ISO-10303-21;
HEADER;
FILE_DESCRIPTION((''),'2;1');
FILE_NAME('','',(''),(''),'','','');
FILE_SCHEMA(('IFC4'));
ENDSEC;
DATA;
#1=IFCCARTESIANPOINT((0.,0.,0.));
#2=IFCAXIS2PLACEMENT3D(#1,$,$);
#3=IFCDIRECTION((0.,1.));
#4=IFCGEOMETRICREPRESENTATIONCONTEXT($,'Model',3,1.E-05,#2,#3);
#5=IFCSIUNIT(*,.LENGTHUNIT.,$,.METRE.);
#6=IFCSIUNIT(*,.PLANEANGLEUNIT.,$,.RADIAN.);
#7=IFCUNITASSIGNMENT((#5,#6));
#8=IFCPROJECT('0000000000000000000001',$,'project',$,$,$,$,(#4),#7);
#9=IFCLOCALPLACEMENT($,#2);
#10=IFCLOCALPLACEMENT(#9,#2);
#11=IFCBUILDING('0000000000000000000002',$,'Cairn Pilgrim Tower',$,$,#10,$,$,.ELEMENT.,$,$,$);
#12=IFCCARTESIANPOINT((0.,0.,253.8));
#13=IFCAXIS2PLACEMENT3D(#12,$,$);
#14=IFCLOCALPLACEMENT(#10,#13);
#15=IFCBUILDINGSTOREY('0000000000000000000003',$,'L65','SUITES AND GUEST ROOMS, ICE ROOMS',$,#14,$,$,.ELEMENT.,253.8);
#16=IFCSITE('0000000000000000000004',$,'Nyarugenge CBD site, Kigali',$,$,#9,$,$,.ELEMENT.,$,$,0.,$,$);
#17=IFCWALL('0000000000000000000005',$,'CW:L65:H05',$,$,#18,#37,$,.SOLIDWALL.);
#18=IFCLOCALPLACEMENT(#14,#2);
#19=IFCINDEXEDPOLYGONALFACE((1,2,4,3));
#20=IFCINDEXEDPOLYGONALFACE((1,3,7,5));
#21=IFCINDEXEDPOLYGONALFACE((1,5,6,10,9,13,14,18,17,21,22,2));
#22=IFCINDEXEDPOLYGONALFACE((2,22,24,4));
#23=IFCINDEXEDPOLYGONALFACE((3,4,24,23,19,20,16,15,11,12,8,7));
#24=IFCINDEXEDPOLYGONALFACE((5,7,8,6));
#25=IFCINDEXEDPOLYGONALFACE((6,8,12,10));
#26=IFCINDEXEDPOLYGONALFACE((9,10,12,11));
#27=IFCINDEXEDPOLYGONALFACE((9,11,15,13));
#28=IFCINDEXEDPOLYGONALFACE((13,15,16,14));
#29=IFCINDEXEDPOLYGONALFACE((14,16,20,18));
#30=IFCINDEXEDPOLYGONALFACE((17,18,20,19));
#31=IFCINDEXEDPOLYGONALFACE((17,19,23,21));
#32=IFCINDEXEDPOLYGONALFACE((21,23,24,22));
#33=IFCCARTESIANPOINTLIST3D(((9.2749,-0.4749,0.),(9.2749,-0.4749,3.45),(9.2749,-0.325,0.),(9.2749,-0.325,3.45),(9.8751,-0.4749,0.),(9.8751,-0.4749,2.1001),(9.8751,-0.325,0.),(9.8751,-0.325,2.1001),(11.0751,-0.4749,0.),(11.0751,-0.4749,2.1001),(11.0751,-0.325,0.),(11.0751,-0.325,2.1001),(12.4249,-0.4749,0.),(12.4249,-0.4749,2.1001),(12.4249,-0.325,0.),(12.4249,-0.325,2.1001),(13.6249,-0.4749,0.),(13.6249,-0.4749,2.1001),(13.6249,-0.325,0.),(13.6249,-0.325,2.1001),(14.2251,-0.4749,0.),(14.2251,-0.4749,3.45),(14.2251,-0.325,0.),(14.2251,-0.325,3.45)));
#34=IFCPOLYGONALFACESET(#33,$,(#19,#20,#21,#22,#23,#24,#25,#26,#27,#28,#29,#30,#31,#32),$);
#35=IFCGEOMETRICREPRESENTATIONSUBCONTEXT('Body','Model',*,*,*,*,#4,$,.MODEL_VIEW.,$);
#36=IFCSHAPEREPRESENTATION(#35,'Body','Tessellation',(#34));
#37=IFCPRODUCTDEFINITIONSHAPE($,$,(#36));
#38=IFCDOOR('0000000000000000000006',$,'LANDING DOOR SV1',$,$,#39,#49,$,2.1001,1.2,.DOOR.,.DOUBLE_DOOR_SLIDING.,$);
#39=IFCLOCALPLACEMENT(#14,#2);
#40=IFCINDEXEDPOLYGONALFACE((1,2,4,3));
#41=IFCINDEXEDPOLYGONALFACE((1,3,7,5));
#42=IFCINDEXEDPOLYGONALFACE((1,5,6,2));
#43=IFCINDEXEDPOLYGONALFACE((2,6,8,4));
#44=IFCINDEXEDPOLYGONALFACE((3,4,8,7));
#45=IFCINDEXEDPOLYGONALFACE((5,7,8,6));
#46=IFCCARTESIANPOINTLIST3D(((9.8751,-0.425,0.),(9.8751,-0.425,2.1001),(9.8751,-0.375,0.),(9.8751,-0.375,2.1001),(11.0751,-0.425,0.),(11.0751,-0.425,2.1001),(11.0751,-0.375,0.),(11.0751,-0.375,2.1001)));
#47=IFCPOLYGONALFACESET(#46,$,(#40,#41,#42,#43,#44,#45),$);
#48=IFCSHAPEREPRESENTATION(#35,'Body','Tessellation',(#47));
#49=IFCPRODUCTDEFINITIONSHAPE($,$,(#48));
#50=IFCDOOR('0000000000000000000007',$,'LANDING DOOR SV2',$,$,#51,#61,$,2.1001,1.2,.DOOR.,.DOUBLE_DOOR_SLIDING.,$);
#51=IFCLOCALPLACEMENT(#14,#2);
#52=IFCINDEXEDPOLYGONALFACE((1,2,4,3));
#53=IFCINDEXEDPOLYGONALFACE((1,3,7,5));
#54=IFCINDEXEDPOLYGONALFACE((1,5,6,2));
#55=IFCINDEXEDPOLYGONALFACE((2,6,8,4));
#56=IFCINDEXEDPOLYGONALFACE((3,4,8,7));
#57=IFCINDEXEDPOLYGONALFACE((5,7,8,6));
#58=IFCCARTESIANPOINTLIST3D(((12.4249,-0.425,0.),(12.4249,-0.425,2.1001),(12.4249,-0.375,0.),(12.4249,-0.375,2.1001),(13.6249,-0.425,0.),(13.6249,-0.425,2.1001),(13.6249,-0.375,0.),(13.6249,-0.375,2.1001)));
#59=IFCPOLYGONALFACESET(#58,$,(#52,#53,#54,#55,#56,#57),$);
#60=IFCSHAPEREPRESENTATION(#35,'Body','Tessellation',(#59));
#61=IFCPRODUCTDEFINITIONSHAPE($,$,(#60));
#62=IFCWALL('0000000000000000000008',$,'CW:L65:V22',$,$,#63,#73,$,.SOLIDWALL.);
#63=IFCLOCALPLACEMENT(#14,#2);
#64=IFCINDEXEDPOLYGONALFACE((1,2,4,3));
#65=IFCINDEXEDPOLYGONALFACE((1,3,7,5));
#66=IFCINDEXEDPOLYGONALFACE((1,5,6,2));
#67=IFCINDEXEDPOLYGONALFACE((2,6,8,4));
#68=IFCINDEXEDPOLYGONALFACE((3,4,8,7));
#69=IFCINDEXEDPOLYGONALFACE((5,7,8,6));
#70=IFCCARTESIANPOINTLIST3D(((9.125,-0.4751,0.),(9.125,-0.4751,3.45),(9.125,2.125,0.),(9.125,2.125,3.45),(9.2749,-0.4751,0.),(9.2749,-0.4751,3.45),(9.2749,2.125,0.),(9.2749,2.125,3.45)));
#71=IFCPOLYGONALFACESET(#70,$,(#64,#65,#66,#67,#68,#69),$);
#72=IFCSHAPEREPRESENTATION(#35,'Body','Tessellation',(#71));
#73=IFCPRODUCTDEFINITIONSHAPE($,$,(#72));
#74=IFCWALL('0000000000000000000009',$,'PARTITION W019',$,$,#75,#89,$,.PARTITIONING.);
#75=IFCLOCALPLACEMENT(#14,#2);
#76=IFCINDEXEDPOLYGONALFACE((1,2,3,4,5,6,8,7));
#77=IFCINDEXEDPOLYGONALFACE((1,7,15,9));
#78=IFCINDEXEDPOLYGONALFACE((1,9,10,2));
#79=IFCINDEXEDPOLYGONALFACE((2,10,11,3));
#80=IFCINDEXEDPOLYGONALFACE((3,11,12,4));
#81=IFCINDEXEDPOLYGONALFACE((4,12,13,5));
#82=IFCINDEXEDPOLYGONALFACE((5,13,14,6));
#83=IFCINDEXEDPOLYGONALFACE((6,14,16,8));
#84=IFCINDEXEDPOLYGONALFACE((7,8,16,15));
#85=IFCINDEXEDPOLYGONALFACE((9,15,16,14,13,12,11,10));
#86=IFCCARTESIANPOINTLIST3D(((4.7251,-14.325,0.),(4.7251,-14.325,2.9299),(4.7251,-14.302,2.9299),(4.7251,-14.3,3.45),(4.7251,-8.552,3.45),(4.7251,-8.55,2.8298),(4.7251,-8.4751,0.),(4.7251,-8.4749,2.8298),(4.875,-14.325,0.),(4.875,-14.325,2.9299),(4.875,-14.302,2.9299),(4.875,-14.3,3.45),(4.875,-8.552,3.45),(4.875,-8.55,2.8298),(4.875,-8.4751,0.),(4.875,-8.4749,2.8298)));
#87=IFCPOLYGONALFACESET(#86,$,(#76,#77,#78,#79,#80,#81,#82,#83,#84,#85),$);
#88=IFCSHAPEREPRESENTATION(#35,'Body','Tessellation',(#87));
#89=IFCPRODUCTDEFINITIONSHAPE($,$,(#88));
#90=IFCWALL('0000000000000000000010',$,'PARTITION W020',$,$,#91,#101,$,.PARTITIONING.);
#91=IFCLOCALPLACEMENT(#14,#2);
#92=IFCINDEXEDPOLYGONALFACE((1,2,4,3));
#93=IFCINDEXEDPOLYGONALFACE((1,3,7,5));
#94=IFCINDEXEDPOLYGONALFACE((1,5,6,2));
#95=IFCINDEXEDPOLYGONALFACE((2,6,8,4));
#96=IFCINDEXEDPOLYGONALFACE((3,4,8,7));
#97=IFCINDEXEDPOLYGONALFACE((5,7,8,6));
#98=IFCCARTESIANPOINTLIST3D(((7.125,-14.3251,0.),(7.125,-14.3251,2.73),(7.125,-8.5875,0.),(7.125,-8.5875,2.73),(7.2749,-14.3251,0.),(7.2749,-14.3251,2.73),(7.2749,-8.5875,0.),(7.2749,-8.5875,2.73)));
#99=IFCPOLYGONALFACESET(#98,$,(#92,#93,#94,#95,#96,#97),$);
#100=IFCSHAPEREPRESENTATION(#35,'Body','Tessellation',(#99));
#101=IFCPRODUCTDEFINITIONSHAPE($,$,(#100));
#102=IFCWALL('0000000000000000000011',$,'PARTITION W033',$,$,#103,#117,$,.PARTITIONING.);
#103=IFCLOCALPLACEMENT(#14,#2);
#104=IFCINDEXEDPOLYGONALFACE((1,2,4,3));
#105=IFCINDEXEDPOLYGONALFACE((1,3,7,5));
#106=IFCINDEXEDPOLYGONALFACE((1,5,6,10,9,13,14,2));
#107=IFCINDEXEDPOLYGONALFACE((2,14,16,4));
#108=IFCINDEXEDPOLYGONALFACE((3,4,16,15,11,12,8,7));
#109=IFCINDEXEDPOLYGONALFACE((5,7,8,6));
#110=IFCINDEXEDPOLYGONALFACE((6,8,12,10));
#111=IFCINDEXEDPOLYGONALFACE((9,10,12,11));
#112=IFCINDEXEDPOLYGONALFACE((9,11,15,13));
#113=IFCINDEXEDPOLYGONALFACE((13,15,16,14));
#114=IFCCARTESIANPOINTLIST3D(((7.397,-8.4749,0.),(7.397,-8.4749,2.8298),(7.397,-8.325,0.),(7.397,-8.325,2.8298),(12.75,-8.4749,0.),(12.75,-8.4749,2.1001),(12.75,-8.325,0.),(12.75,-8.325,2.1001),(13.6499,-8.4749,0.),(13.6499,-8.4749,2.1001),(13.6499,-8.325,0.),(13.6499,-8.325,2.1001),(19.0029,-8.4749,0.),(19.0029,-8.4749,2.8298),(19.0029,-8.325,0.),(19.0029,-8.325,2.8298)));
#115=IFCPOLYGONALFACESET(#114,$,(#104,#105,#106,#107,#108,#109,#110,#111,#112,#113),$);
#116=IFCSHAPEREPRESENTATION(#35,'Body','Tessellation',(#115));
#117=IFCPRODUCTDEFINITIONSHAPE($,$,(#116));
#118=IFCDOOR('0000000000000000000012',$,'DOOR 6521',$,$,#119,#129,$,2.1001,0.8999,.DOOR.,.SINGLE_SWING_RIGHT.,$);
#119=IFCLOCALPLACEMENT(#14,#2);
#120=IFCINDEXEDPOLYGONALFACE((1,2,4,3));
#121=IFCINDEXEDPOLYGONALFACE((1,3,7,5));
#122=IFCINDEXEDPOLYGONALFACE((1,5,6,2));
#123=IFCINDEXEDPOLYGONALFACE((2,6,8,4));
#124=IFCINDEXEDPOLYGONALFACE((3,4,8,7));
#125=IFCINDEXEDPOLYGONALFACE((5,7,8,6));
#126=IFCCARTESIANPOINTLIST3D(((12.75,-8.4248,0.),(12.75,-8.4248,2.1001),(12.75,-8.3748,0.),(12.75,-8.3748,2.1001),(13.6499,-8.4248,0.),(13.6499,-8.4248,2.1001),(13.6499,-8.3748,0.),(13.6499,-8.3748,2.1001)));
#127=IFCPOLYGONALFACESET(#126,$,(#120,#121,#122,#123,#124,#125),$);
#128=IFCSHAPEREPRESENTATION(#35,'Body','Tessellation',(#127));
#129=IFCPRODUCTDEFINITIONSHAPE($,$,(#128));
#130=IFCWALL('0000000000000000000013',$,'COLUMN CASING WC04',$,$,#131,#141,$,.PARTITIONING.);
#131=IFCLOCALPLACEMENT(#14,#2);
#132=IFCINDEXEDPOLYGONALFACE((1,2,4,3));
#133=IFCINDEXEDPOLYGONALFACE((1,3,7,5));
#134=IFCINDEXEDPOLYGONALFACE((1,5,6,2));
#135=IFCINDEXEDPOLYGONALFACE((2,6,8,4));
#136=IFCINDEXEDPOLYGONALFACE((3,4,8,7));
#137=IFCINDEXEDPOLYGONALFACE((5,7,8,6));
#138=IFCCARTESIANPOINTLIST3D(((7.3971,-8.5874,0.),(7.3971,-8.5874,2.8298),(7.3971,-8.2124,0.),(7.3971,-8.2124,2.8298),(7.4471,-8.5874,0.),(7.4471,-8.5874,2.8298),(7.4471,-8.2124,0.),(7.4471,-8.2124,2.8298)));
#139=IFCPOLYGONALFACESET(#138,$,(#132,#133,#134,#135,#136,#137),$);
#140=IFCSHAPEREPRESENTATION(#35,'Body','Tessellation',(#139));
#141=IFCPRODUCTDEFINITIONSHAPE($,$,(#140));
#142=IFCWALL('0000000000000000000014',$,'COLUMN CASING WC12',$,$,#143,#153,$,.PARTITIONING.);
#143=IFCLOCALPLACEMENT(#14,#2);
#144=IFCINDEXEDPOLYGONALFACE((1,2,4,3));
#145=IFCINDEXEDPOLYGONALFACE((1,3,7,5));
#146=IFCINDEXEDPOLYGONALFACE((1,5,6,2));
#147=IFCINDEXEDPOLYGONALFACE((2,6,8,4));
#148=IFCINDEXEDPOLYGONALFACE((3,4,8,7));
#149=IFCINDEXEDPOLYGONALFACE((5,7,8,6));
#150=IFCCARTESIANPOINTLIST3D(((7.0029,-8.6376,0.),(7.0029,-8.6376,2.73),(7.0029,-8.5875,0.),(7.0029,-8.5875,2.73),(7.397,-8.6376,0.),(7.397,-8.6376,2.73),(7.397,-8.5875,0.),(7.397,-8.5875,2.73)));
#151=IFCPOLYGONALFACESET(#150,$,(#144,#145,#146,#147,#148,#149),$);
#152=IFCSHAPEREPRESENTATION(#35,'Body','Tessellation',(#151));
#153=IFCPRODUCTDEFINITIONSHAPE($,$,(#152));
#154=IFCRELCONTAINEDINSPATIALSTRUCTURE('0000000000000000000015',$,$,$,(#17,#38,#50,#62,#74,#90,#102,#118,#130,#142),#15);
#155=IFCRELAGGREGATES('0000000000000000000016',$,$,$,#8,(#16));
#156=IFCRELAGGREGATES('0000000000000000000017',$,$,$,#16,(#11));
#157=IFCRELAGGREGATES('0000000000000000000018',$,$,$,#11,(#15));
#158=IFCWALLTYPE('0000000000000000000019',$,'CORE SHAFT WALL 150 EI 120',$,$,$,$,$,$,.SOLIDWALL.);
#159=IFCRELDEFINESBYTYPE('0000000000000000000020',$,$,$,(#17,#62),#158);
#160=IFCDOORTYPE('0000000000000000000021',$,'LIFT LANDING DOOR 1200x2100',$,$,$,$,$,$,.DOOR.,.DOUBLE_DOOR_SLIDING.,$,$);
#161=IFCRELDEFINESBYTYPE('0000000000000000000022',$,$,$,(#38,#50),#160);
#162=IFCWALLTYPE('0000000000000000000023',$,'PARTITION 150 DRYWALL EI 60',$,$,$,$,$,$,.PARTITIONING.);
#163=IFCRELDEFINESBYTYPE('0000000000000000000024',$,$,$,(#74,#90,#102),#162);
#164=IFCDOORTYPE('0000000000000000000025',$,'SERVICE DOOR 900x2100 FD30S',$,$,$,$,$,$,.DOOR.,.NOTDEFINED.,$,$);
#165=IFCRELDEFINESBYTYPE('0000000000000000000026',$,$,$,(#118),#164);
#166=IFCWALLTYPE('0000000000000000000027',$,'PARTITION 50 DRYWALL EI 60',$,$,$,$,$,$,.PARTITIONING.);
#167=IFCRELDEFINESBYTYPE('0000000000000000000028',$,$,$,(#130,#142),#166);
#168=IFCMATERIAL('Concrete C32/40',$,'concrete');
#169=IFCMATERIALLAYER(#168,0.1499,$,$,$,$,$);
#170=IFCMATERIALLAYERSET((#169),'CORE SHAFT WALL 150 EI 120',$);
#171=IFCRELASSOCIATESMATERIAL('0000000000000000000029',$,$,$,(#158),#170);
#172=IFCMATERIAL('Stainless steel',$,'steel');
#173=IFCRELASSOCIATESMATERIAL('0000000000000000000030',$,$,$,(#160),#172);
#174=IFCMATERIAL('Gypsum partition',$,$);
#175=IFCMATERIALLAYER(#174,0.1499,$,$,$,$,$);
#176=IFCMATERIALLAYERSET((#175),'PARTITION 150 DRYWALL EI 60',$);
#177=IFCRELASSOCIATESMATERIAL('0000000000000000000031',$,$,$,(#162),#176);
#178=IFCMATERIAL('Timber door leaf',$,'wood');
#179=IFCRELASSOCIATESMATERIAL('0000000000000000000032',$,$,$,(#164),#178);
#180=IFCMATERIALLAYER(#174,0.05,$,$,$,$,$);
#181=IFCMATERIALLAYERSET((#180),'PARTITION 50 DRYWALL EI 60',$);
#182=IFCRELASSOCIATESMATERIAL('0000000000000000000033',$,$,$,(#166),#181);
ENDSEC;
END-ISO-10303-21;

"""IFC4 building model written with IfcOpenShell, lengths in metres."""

from ifc_helpers import new_model, si_unit, direction, frame, frame_2d, origin, place, context, subcontext, project, spatial, polyline, rectangle, outline, extrude, material, layer, layer_set, type_object, element, fill, save


model = new_model("IFC4")

# Units and contexts
model_context = context("Model", 3, precision=1e-05, world=origin(), true_north=direction((0.0, 1.0)))
body_context = subcontext(model_context, "Body", "Model", "MODEL_VIEW")
ifc_project = project(units=[si_unit("LENGTHUNIT", "METRE"), si_unit("PLANEANGLEUNIT", "RADIAN")], contexts=[model_context])

# Site, building, storey
site_placement = place(None, origin())
site = spatial("IfcSite", under=ifc_project, at=site_placement, Name="Nyarugenge CBD site, Kigali", CompositionType="ELEMENT", RefElevation=0.0)
building_placement = place(site_placement, origin())
building = spatial("IfcBuilding", under=site, at=building_placement, Name="Cairn Pilgrim Tower", CompositionType="ELEMENT")
storey_placement = place(building_placement, frame((0.0, 0.0, 253.8)))
storey = spatial("IfcBuildingStorey", under=building, at=storey_placement, Name="L65", Description="SUITES AND GUEST ROOMS, ICE ROOMS", CompositionType="ELEMENT", Elevation=253.8)

# Shared definitions
ifc_material_1 = material(Name="Concrete C32/40", Category="concrete")

# Wall, openings, doors
ifc_layer_1 = layer(ifc_material_1, 0.1499)
ifc_layer_set_1 = layer_set([ifc_layer_1], Name="CORE SHAFT WALL 150 EI 120")
wall_type_1 = type_object("IfcWallType", Name="CORE SHAFT WALL 150 EI 120", PredefinedType="SOLIDWALL", material=ifc_layer_set_1)
wall_1_placement = place(storey_placement, frame((9.2749, -0.3999, 0.0), z_axis=(0.0, 0.0, 1.0), x_axis=(1.0, 0.0, 0.0)))
wall_1 = element("IfcWall", 1, at=wall_1_placement, inside=storey, type_object=wall_type_1, Name="CW:L65:H05", PredefinedType="SOLIDWALL", context=body_context, shape_type="SweptSolid", body=[
    extrude(rectangle(XDim=4.9502, YDim=0.1499, at=frame_2d((2.4751, 0.0))), origin(), (0.0, 0.0, 1.0), 3.45),
])
opening_1_placement = place(wall_1_placement, frame((0.6001, 0.0, 0.0)))
opening_1 = element("IfcOpeningElement", 2, at=opening_1_placement, cuts=wall_1, PredefinedType="OPENING", context=body_context, shape_type="SweptSolid", body=[
    extrude(rectangle(XDim=1.2, YDim=2.1001, at=frame_2d((0.6001, 1.05))), frame((0.0, 0.085, 0.0), z_axis=(0.0, -1.0, 0.0), x_axis=(1.0, 0.0, 0.0)), (0.0, 0.0, 1.0), 0.1699),
])
opening_2_placement = place(wall_1_placement, frame((3.1499, 0.0, 0.0)))
opening_2 = element("IfcOpeningElement", 3, at=opening_2_placement, cuts=wall_1, PredefinedType="OPENING", context=body_context, shape_type="SweptSolid", body=[
    extrude(rectangle(XDim=1.2, YDim=2.1001, at=frame_2d((0.6001, 1.05))), frame((0.0, 0.085, 0.0), z_axis=(0.0, -1.0, 0.0), x_axis=(1.0, 0.0, 0.0)), (0.0, 0.0, 1.0), 0.1699),
])
ifc_material_2 = material(Name="Stainless steel", Category="steel")
door_type_1 = type_object("IfcDoorType", Name="LIFT LANDING DOOR 1200x2100", OperationType="DOUBLE_DOOR_SLIDING", PredefinedType="DOOR", material=ifc_material_2)
door_1_placement = place(opening_1_placement, origin())
door_1 = element("IfcDoor", 4, at=door_1_placement, inside=storey, type_object=door_type_1, Name="LANDING DOOR SV1", OperationType="DOUBLE_DOOR_SLIDING", OverallHeight=2.1001, OverallWidth=1.2, PredefinedType="DOOR", context=body_context, shape_type="SweptSolid", body=[
    extrude(rectangle(XDim=1.2, YDim=2.1001, at=frame_2d((0.6001, 1.05))), frame((0.0, 0.0249, 0.0), z_axis=(0.0, -1.0, 0.0), x_axis=(1.0, 0.0, 0.0)), (0.0, 0.0, 1.0), 0.05),
])
fill(opening_1, door_1)
door_2_placement = place(opening_2_placement, origin())
door_2 = element("IfcDoor", 5, at=door_2_placement, inside=storey, type_object=door_type_1, Name="LANDING DOOR SV2", OperationType="DOUBLE_DOOR_SLIDING", OverallHeight=2.1001, OverallWidth=1.2, PredefinedType="DOOR", context=body_context, shape_type="SweptSolid", body=[
    extrude(rectangle(XDim=1.2, YDim=2.1001, at=frame_2d((0.6001, 1.05))), frame((0.0, 0.0249, 0.0), z_axis=(0.0, -1.0, 0.0), x_axis=(1.0, 0.0, 0.0)), (0.0, 0.0, 1.0), 0.05),
])
fill(opening_2, door_2)

# Walls
wall_2_placement = place(storey_placement, frame((9.2, -0.4751, 0.0), z_axis=(0.0, 0.0, 1.0), x_axis=(0.0, 1.0, 0.0)))
element("IfcWall", 6, at=wall_2_placement, inside=storey, type_object=wall_type_1, Name="CW:L65:V22", PredefinedType="SOLIDWALL", context=body_context, shape_type="SweptSolid", body=[
    extrude(rectangle(XDim=2.6001, YDim=0.1499, at=frame_2d((1.3, 0.0))), origin(), (0.0, 0.0, 1.0), 3.45),
])
ifc_material_3 = material(Name="Gypsum partition")
ifc_layer_2 = layer(ifc_material_3, 0.1499)
ifc_layer_set_2 = layer_set([ifc_layer_2], Name="PARTITION 150 DRYWALL EI 60")
wall_type_2 = type_object("IfcWallType", Name="PARTITION 150 DRYWALL EI 60", PredefinedType="PARTITIONING", material=ifc_layer_set_2)
wall_3_placement = place(storey_placement, frame((4.8, -14.325, 0.0), z_axis=(0.0, 0.0, 1.0), x_axis=(0.0, 1.0, 0.0)))
element("IfcWall", 7, at=wall_3_placement, inside=storey, type_object=wall_type_2, Name="PARTITION W019", PredefinedType="PARTITIONING", context=body_context, shape_type="SweptSolid", body=[
    extrude(outline(polyline([(0.0, 0.0), (5.8499, 0.0), (5.8501, 2.8298), (5.7749, 2.8298), (5.7729, 3.45), (0.0249, 3.45), (0.0229, 2.9299), (0.0, 2.9299), (0.0, 0.0)])), frame((0.0, 0.075, 0.0), z_axis=(0.0, -1.0, 0.0), x_axis=(1.0, 0.0, 0.0)), (0.0, 0.0, 1.0), 0.1499),
])
wall_4_placement = place(storey_placement, frame((7.2, -14.325, 0.0), z_axis=(0.0, 0.0, 1.0), x_axis=(0.0, 1.0, 0.0)))
element("IfcWall", 8, at=wall_4_placement, inside=storey, type_object=wall_type_2, Name="PARTITION W020", PredefinedType="PARTITIONING", context=body_context, shape_type="SweptSolid", body=[
    extrude(rectangle(XDim=5.7375, YDim=0.1499, at=frame_2d((2.8687, 0.0))), origin(), (0.0, 0.0, 1.0), 2.73),
])

# Wall, opening, door
wall_5_placement = place(storey_placement, frame((7.397, -8.3999, 0.0), z_axis=(0.0, 0.0, 1.0), x_axis=(1.0, 0.0, 0.0)))
wall_5 = element("IfcWall", 9, at=wall_5_placement, inside=storey, type_object=wall_type_2, Name="PARTITION W033", PredefinedType="PARTITIONING", context=body_context, shape_type="SweptSolid", body=[
    extrude(rectangle(XDim=11.606, YDim=0.1499, at=frame_2d((5.803, 0.0))), origin(), (0.0, 0.0, 1.0), 2.8298),
])
opening_3_placement = place(wall_5_placement, frame((5.353, 0.0, 0.0)))
opening_3 = element("IfcOpeningElement", 10, at=opening_3_placement, cuts=wall_5, PredefinedType="OPENING", context=body_context, shape_type="SweptSolid", body=[
    extrude(rectangle(XDim=0.8999, YDim=2.1001, at=frame_2d((0.45, 1.05))), frame((0.0, 0.085, 0.0), z_axis=(0.0, -1.0, 0.0), x_axis=(1.0, 0.0, 0.0)), (0.0, 0.0, 1.0), 0.1699),
])
ifc_material_4 = material(Name="Timber door leaf", Category="wood")
door_type_2 = type_object("IfcDoorType", Name="SERVICE DOOR 900x2100 FD30S", OperationType="NOTDEFINED", PredefinedType="DOOR", material=ifc_material_4)
door_3_placement = place(opening_3_placement, frame((0.8999, 0.0, 0.0), z_axis=(0.0, 0.0, 1.0), x_axis=(-1.0, 0.0, 0.0)))
door_3 = element("IfcDoor", 11, at=door_3_placement, inside=storey, type_object=door_type_2, Name="DOOR 6521", OperationType="SINGLE_SWING_RIGHT", OverallHeight=2.1001, OverallWidth=0.8999, PredefinedType="DOOR", context=body_context, shape_type="SweptSolid", body=[
    extrude(rectangle(XDim=0.8999, YDim=2.1001, at=frame_2d((0.45, 1.05))), frame((0.0, 0.0249, 0.0), z_axis=(0.0, -1.0, 0.0), x_axis=(1.0, 0.0, 0.0)), (0.0, 0.0, 1.0), 0.05),
])
fill(opening_3, door_3)

# Walls
ifc_layer_3 = layer(ifc_material_3, 0.05)
ifc_layer_set_3 = layer_set([ifc_layer_3], Name="PARTITION 50 DRYWALL EI 60")
wall_type_3 = type_object("IfcWallType", Name="PARTITION 50 DRYWALL EI 60", PredefinedType="PARTITIONING", material=ifc_layer_set_3)
wall_6_placement = place(storey_placement, frame((7.4221, -8.5874, 0.0), z_axis=(0.0, 0.0, 1.0), x_axis=(0.0, 1.0, 0.0)))
element("IfcWall", 12, at=wall_6_placement, inside=storey, type_object=wall_type_3, Name="COLUMN CASING WC04", PredefinedType="PARTITIONING", context=body_context, shape_type="SweptSolid", body=[
    extrude(rectangle(XDim=0.375, YDim=0.05, at=frame_2d((0.1875, 0.0))), origin(), (0.0, 0.0, 1.0), 2.8298),
])
wall_7_placement = place(storey_placement, frame((7.0029, -8.6125, 0.0), z_axis=(0.0, 0.0, 1.0), x_axis=(1.0, 0.0, 0.0)))
element("IfcWall", 13, at=wall_7_placement, inside=storey, type_object=wall_type_3, Name="COLUMN CASING WC12", PredefinedType="PARTITIONING", context=body_context, shape_type="SweptSolid", body=[
    extrude(rectangle(XDim=0.394, YDim=0.05, at=frame_2d((0.197, 0.0))), origin(), (0.0, 0.0, 1.0), 2.73),
])

save(model, "model.ifc")
